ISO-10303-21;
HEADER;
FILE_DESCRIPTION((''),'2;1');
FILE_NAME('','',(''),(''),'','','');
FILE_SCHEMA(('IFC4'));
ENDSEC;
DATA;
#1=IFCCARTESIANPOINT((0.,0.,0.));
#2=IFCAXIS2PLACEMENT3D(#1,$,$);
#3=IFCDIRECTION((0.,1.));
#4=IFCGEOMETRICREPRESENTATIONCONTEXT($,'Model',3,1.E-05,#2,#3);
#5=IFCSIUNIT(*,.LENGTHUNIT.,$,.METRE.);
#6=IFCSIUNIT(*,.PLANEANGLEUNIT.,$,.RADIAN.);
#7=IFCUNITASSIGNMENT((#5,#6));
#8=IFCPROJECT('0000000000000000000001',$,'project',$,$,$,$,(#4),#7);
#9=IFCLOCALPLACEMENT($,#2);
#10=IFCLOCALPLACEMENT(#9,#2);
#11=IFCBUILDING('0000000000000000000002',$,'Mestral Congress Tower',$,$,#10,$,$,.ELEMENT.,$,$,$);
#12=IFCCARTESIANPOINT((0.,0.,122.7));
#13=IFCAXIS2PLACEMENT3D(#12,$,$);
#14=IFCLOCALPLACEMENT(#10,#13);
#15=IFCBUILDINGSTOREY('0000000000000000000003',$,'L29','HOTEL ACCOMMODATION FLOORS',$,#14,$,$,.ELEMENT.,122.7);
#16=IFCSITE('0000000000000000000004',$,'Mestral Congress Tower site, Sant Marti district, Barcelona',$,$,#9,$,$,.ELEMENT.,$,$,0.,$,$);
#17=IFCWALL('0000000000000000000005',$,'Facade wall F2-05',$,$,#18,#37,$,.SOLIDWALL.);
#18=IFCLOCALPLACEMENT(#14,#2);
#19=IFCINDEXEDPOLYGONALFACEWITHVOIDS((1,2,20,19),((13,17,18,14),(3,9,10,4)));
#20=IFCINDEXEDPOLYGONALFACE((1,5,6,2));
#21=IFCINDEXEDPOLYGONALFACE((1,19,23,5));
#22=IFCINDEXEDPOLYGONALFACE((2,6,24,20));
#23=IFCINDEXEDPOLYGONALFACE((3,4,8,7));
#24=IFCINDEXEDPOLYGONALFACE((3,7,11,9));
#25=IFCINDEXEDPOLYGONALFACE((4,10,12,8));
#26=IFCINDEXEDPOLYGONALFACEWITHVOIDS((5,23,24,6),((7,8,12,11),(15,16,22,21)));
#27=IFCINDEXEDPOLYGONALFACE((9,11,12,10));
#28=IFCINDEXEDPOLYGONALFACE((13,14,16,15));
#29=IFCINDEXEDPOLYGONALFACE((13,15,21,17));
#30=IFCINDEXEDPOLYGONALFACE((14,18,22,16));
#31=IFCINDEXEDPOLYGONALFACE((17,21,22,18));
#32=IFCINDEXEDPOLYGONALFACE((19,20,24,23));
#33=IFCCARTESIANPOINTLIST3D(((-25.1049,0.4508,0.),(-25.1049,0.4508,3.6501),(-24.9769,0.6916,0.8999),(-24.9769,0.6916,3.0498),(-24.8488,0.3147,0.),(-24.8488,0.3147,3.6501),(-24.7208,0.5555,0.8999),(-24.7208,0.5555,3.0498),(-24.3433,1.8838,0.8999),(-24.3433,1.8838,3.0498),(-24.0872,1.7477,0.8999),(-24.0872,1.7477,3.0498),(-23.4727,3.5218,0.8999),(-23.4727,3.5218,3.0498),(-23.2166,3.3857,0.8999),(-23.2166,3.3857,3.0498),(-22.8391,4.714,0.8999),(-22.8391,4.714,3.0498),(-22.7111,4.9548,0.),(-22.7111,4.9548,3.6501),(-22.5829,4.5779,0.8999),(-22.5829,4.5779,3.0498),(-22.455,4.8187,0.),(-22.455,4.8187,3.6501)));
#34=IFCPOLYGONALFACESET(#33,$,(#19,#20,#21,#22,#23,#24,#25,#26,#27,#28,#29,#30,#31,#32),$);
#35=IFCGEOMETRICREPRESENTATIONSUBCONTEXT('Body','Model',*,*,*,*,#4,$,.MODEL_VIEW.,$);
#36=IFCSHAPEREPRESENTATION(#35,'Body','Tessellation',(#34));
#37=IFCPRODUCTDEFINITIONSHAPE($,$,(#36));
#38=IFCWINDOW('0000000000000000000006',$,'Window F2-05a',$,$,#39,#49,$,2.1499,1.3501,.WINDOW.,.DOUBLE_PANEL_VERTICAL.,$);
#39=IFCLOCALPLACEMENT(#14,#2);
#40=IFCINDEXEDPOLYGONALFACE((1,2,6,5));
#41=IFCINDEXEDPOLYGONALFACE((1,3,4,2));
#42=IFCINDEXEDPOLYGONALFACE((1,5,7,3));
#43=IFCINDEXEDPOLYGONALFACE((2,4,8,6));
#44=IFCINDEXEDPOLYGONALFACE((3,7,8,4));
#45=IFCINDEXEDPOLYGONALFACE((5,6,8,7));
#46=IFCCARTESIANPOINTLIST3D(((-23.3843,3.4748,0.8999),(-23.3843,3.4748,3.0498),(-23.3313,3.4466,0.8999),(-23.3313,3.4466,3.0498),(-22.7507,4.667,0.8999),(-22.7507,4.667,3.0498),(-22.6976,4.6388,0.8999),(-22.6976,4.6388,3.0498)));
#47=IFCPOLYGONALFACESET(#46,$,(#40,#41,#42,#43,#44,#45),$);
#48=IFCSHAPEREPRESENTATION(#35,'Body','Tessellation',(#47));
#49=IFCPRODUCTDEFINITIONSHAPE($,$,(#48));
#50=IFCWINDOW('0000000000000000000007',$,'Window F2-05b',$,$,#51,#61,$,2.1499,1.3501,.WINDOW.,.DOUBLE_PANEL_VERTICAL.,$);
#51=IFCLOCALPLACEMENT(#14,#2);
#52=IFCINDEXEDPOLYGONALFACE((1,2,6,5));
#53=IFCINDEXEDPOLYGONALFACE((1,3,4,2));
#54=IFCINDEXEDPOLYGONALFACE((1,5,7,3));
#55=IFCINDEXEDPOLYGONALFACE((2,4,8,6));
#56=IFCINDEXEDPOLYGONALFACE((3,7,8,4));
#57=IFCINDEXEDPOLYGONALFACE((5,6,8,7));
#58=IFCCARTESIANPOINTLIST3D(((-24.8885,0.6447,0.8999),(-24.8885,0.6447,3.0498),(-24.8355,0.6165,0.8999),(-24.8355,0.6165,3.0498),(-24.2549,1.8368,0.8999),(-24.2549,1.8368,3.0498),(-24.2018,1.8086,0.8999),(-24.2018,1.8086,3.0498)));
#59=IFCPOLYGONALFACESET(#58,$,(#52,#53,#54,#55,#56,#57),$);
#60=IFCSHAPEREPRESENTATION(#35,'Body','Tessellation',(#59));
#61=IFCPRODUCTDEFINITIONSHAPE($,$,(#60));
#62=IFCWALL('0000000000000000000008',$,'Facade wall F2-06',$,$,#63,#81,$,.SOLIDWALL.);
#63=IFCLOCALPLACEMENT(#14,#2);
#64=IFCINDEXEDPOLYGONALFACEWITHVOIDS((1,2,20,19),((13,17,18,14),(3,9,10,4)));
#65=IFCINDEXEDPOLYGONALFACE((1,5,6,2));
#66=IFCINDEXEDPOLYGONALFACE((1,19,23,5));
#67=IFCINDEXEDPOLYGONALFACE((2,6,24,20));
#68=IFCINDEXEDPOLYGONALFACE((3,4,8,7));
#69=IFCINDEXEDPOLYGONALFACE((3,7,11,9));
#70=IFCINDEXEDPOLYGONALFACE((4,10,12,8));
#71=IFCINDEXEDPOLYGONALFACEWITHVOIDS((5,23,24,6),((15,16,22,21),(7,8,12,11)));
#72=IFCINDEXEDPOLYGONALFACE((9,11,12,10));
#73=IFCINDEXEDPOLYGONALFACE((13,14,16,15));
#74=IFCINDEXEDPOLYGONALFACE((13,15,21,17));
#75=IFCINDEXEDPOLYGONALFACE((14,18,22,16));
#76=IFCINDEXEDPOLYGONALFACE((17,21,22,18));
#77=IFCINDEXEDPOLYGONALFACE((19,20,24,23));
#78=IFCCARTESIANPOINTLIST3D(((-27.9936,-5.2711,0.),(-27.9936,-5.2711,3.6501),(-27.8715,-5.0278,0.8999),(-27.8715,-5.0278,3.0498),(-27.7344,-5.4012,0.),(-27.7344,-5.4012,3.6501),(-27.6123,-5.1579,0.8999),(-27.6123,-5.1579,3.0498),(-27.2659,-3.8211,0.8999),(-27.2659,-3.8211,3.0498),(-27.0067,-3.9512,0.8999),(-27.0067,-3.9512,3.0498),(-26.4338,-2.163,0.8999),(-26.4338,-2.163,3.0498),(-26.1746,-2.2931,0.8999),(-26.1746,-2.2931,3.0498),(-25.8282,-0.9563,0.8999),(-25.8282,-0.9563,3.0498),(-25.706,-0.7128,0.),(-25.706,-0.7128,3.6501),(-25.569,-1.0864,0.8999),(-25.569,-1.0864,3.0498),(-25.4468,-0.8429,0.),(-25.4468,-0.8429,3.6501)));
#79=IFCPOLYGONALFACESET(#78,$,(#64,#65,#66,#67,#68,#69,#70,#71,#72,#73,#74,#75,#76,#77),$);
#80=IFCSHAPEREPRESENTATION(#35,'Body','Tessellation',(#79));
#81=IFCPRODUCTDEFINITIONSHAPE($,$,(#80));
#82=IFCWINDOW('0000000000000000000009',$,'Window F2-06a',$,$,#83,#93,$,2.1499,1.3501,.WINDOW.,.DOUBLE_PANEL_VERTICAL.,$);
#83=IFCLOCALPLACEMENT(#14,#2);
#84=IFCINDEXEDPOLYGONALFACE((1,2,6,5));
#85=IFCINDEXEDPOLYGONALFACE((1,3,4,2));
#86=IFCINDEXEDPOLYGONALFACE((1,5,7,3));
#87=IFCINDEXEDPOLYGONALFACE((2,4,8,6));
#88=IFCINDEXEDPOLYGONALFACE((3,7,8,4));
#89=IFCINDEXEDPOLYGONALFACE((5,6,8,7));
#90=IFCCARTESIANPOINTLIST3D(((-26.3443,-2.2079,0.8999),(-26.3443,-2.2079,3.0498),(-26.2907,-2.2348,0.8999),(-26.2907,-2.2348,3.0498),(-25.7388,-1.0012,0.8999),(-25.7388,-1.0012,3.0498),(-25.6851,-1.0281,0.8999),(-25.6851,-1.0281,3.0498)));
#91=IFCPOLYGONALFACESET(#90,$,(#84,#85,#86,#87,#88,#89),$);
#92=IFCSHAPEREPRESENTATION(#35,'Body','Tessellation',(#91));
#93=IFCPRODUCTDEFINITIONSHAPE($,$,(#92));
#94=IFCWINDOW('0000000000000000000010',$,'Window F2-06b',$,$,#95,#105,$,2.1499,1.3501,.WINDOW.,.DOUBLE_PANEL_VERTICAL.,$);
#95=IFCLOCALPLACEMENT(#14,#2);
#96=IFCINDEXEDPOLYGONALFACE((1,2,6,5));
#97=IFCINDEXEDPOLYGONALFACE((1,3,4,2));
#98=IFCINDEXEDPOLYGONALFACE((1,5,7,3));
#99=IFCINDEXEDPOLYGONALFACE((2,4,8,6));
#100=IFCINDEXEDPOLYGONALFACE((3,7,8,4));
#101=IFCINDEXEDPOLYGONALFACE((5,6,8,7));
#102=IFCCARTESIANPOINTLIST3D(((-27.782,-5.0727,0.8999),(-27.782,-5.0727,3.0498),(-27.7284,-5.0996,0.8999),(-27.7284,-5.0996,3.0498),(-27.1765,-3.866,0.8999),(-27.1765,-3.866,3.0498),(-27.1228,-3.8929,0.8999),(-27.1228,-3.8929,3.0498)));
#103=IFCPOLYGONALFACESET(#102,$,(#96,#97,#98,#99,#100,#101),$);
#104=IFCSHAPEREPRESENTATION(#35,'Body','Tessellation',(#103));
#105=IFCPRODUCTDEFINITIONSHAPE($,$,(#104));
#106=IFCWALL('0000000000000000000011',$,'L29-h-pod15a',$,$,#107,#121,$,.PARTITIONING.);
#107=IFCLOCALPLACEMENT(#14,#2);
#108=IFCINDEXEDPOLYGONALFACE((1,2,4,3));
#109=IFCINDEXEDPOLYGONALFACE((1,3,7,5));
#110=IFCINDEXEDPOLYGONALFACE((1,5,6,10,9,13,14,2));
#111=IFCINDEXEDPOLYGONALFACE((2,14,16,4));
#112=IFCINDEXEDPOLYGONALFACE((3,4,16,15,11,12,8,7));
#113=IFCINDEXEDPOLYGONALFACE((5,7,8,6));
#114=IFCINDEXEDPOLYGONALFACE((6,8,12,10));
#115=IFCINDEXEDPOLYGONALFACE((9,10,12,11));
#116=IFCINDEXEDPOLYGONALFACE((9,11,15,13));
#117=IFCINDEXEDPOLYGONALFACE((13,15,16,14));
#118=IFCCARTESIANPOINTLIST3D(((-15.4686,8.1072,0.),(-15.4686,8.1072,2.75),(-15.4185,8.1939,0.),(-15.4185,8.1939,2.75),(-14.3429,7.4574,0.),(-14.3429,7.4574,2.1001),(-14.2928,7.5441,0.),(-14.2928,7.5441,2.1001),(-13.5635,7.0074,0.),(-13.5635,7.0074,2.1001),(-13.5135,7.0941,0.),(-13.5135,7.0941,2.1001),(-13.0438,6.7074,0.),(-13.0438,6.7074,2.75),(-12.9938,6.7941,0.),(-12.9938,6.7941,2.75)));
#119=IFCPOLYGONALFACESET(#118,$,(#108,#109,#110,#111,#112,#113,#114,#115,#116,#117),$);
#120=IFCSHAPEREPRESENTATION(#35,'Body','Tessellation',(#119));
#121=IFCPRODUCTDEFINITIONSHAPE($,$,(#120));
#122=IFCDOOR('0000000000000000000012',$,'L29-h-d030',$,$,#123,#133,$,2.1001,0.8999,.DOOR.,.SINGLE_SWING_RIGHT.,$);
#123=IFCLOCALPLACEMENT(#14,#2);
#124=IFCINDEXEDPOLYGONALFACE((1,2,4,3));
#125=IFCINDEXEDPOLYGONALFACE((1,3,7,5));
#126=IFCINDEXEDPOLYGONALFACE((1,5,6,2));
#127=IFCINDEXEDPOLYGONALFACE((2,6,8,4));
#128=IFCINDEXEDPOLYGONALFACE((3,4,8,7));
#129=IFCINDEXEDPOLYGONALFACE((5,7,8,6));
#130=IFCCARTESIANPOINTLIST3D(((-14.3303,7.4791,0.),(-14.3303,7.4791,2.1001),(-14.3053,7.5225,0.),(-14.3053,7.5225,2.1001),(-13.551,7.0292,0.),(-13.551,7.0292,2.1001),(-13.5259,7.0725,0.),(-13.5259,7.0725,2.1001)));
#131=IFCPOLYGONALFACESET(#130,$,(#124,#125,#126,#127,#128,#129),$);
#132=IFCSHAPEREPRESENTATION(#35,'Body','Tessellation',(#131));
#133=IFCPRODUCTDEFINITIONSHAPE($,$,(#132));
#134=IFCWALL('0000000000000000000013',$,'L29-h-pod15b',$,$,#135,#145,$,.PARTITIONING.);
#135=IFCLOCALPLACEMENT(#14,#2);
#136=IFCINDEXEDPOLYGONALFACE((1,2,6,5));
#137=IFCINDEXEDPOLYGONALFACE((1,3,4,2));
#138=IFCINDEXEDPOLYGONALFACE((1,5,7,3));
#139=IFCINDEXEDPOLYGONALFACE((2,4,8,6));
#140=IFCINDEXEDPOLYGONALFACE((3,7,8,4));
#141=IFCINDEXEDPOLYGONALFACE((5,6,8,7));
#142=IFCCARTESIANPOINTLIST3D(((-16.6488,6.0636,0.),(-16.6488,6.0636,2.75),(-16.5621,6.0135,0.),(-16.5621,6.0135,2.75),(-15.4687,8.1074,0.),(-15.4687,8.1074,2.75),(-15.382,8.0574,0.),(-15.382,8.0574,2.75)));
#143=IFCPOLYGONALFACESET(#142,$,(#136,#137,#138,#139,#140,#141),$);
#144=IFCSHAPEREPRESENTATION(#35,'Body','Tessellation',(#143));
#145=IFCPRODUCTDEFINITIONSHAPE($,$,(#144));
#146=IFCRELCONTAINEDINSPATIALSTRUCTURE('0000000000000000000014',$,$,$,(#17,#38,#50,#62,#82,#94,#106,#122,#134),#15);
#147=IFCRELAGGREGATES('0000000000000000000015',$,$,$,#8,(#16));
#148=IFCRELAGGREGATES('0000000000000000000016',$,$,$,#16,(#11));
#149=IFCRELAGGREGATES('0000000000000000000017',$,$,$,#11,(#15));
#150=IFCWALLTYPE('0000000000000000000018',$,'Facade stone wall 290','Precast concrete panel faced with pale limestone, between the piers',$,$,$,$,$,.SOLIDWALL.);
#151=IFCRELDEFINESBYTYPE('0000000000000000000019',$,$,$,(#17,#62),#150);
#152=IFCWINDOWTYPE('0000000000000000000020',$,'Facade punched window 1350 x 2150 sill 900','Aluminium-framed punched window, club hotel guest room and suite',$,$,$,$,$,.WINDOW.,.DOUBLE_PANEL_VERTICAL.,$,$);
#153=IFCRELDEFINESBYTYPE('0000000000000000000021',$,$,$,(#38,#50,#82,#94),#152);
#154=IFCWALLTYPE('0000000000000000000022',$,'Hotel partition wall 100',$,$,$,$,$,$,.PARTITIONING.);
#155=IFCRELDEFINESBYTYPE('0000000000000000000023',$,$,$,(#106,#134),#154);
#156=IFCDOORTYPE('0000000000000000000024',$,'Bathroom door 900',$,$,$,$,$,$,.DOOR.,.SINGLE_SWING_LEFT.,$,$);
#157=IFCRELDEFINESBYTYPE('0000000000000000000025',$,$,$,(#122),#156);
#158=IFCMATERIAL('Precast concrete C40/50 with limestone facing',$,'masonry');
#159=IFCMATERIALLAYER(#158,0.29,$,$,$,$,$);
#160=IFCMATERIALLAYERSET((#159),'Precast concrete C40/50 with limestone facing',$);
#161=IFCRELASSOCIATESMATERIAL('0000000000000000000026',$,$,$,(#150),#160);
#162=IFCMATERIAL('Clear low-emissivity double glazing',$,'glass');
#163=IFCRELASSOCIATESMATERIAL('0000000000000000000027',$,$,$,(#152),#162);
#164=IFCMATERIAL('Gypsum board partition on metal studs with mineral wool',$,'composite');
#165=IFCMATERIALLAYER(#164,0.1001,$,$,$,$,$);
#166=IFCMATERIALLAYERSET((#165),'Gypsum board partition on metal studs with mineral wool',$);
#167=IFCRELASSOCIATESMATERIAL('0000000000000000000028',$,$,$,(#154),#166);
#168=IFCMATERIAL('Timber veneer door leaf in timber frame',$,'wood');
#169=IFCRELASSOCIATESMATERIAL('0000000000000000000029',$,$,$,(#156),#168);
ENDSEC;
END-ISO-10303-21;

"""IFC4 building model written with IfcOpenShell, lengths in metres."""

from ifc_helpers import new_model, si_unit, direction, frame, frame_2d, origin, place, context, subcontext, project, spatial, rectangle, extrude, material, layer, layer_set, type_object, element, fill, save


model = new_model("IFC4")

# Units and contexts
model_context = context("Model", 3, precision=1e-05, world=origin(), true_north=direction((0.0, 1.0)))
body_context = subcontext(model_context, "Body", "Model", "MODEL_VIEW")
ifc_project = project(units=[si_unit("LENGTHUNIT", "METRE"), si_unit("PLANEANGLEUNIT", "RADIAN")], contexts=[model_context])

# Site, building, storey
site_placement = place(None, origin())
site = spatial("IfcSite", under=ifc_project, at=site_placement, Name="Mestral Congress Tower site, Sant Marti district, Barcelona", CompositionType="ELEMENT", RefElevation=0.0)
building_placement = place(site_placement, origin())
building = spatial("IfcBuilding", under=site, at=building_placement, Name="Mestral Congress Tower", CompositionType="ELEMENT")
storey_placement = place(building_placement, frame((0.0, 0.0, 122.7)))
storey = spatial("IfcBuildingStorey", under=building, at=storey_placement, Name="L29", Description="HOTEL ACCOMMODATION FLOORS", CompositionType="ELEMENT", Elevation=122.7)

# Walls, openings, windows
ifc_material_1 = material(Name="Precast concrete C40/50 with limestone facing", Category="masonry")
ifc_layer_1 = layer(ifc_material_1, 0.29)
ifc_layer_set_1 = layer_set([ifc_layer_1], Name="Precast concrete C40/50 with limestone facing")
wall_type_1 = type_object("IfcWallType", Name="Facade stone wall 290", Description="Precast concrete panel faced with pale limestone, between the piers", PredefinedType="SOLIDWALL", material=ifc_layer_set_1)
wall_1_placement = place(storey_placement, frame((-22.583, 4.8867, 0.0), z_axis=(0.0, 0.0, 1.0), x_axis=(-0.469323, -0.883026, 0.0)))
wall_1 = element("IfcWall", 1, at=wall_1_placement, inside=storey, type_object=wall_type_1, Name="Facade wall F2-05", PredefinedType="SOLIDWALL", context=body_context, shape_type="SweptSolid", body=[
    extrude(rectangle(XDim=5.1006, YDim=0.29, at=frame_2d((2.5503, 0.0))), origin(), (0.0, 0.0, 1.0), 3.6501),
])
opening_1_placement = place(wall_1_placement, frame((0.2727, 0.0, 0.8999)))
opening_1 = element("IfcOpeningElement", 2, at=opening_1_placement, cuts=wall_1, PredefinedType="OPENING", context=body_context, shape_type="SweptSolid", body=[
    extrude(rectangle(XDim=1.3501, YDim=2.1499, at=frame_2d((0.675, 1.075))), frame((0.0, 0.155, 0.0), z_axis=(0.0, -1.0, 0.0), x_axis=(1.0, 0.0, 0.0)), (0.0, 0.0, 1.0), 0.3101),
])
opening_2_placement = place(wall_1_placement, frame((3.4778, 0.0, 0.8999)))
opening_2 = element("IfcOpeningElement", 3, at=opening_2_placement, cuts=wall_1, PredefinedType="OPENING", context=body_context, shape_type="SweptSolid", body=[
    extrude(rectangle(XDim=1.3501, YDim=2.1499, at=frame_2d((0.675, 1.075))), frame((0.0, 0.155, 0.0), z_axis=(0.0, -1.0, 0.0), x_axis=(1.0, 0.0, 0.0)), (0.0, 0.0, 1.0), 0.3101),
])
ifc_material_2 = material(Name="Clear low-emissivity double glazing", Category="glass")
window_type = type_object("IfcWindowType", Name="Facade punched window 1350 x 2150 sill 900", Description="Aluminium-framed punched window, club hotel guest room and suite", PartitioningType="DOUBLE_PANEL_VERTICAL", PredefinedType="WINDOW", material=ifc_material_2)
window_1_placement = place(opening_1_placement, origin())
window_1 = element("IfcWindow", 4, at=window_1_placement, inside=storey, type_object=window_type, Name="Window F2-05a", OverallHeight=2.1499, OverallWidth=1.3501, PartitioningType="DOUBLE_PANEL_VERTICAL", PredefinedType="WINDOW", context=body_context, shape_type="SweptSolid", body=[
    extrude(rectangle(XDim=1.3501, YDim=2.1499, at=frame_2d((0.675, 1.075))), frame((0.0, 0.0151, 0.0), z_axis=(0.0, -1.0, 0.0), x_axis=(1.0, 0.0, 0.0)), (0.0, 0.0, 1.0), 0.0601),
])
fill(opening_1, window_1)
window_2_placement = place(opening_2_placement, origin())
window_2 = element("IfcWindow", 5, at=window_2_placement, inside=storey, type_object=window_type, Name="Window F2-05b", OverallHeight=2.1499, OverallWidth=1.3501, PartitioningType="DOUBLE_PANEL_VERTICAL", PredefinedType="WINDOW", context=body_context, shape_type="SweptSolid", body=[
    extrude(rectangle(XDim=1.3501, YDim=2.1499, at=frame_2d((0.675, 1.075))), frame((0.0, 0.0151, 0.0), z_axis=(0.0, -1.0, 0.0), x_axis=(1.0, 0.0, 0.0)), (0.0, 0.0, 1.0), 0.0601),
])
fill(opening_2, window_2)
wall_2_placement = place(storey_placement, frame((-25.5764, -0.7778, 0.0), z_axis=(0.0, 0.0, 1.0), x_axis=(-0.448534, -0.893766, 0.0)))
wall_2 = element("IfcWall", 6, at=wall_2_placement, inside=storey, type_object=wall_type_1, Name="Facade wall F2-06", PredefinedType="SOLIDWALL", context=body_context, shape_type="SweptSolid", body=[
    extrude(rectangle(XDim=5.1001, YDim=0.29, at=frame_2d((2.55, 0.0))), origin(), (0.0, 0.0, 1.0), 3.6501),
])
opening_3_placement = place(wall_2_placement, frame((0.2725, 0.0, 0.8999)))
opening_3 = element("IfcOpeningElement", 7, at=opening_3_placement, cuts=wall_2, PredefinedType="OPENING", context=body_context, shape_type="SweptSolid", body=[
    extrude(rectangle(XDim=1.3501, YDim=2.1499, at=frame_2d((0.675, 1.075))), frame((0.0, 0.155, 0.0), z_axis=(0.0, -1.0, 0.0), x_axis=(1.0, 0.0, 0.0)), (0.0, 0.0, 1.0), 0.3101),
])
opening_4_placement = place(wall_2_placement, frame((3.4778, 0.0, 0.8999)))
opening_4 = element("IfcOpeningElement", 8, at=opening_4_placement, cuts=wall_2, PredefinedType="OPENING", context=body_context, shape_type="SweptSolid", body=[
    extrude(rectangle(XDim=1.3501, YDim=2.1499, at=frame_2d((0.675, 1.075))), frame((0.0, 0.155, 0.0), z_axis=(0.0, -1.0, 0.0), x_axis=(1.0, 0.0, 0.0)), (0.0, 0.0, 1.0), 0.3101),
])
window_3_placement = place(opening_3_placement, origin())
window_3 = element("IfcWindow", 9, at=window_3_placement, inside=storey, type_object=window_type, Name="Window F2-06a", OverallHeight=2.1499, OverallWidth=1.3501, PartitioningType="DOUBLE_PANEL_VERTICAL", PredefinedType="WINDOW", context=body_context, shape_type="SweptSolid", body=[
    extrude(rectangle(XDim=1.3501, YDim=2.1499, at=frame_2d((0.675, 1.075))), frame((0.0, 0.0151, 0.0), z_axis=(0.0, -1.0, 0.0), x_axis=(1.0, 0.0, 0.0)), (0.0, 0.0, 1.0), 0.0601),
])
fill(opening_3, window_3)
window_4_placement = place(opening_4_placement, origin())
window_4 = element("IfcWindow", 10, at=window_4_placement, inside=storey, type_object=window_type, Name="Window F2-06b", OverallHeight=2.1499, OverallWidth=1.3501, PartitioningType="DOUBLE_PANEL_VERTICAL", PredefinedType="WINDOW", context=body_context, shape_type="SweptSolid", body=[
    extrude(rectangle(XDim=1.3501, YDim=2.1499, at=frame_2d((0.675, 1.075))), frame((0.0, 0.0151, 0.0), z_axis=(0.0, -1.0, 0.0), x_axis=(1.0, 0.0, 0.0)), (0.0, 0.0, 1.0), 0.0601),
])
fill(opening_4, window_4)

# Wall, opening, door
ifc_material_3 = material(Name="Gypsum board partition on metal studs with mineral wool", Category="composite")
ifc_layer_2 = layer(ifc_material_3, 0.1001)
ifc_layer_set_2 = layer_set([ifc_layer_2], Name="Gypsum board partition on metal studs with mineral wool")
wall_type_2 = type_object("IfcWallType", Name="Hotel partition wall 100", PredefinedType="PARTITIONING", material=ifc_layer_set_2)
wall_3_placement = place(storey_placement, frame((-13.0188, 6.7507, 0.0), z_axis=(0.0, 0.0, 1.0), x_axis=(-0.866035, 0.499984, 0.0)))
wall_3 = element("IfcWall", 11, at=wall_3_placement, inside=storey, type_object=wall_type_2, Name="L29-h-pod15a", PredefinedType="PARTITIONING", context=body_context, shape_type="SweptSolid", body=[
    extrude(rectangle(XDim=2.7998, YDim=0.1001, at=frame_2d((1.3999, 0.0))), origin(), (0.0, 0.0, 1.0), 2.75),
])
opening_5_placement = place(wall_3_placement, frame((0.6001, 0.0, 0.0)))
opening_5 = element("IfcOpeningElement", 12, at=opening_5_placement, cuts=wall_3, PredefinedType="OPENING", context=body_context, shape_type="SweptSolid", body=[
    extrude(rectangle(XDim=0.8999, YDim=2.1001, at=frame_2d((0.45, 1.05))), frame((0.0, 0.0601, 0.0), z_axis=(0.0, -1.0, 0.0), x_axis=(1.0, 0.0, 0.0)), (0.0, 0.0, 1.0), 0.1201),
])
ifc_material_4 = material(Name="Timber veneer door leaf in timber frame", Category="wood")
door_type = type_object("IfcDoorType", Name="Bathroom door 900", OperationType="SINGLE_SWING_LEFT", PredefinedType="DOOR", material=ifc_material_4)
door_1_placement = place(opening_5_placement, origin())
door_1 = element("IfcDoor", 13, at=door_1_placement, inside=storey, type_object=door_type, Name="L29-h-d030", OperationType="SINGLE_SWING_RIGHT", OverallHeight=2.1001, OverallWidth=0.8999, PredefinedType="DOOR", context=body_context, shape_type="SweptSolid", body=[
    extrude(rectangle(XDim=0.8999, YDim=2.1001, at=frame_2d((0.45, 1.05))), frame((0.0, 0.0249, 0.0), z_axis=(0.0, -1.0, 0.0), x_axis=(1.0, 0.0, 0.0)), (0.0, 0.0, 1.0), 0.05),
])
fill(opening_5, door_1)

# Wall
wall_4_placement = place(storey_placement, frame((-15.4253, 8.0825, 0.0), z_axis=(0.0, 0.0, 1.0), x_axis=(-0.500033, -0.866006, 0.0)))
element("IfcWall", 14, at=wall_4_placement, inside=storey, type_object=wall_type_2, Name="L29-h-pod15b", PredefinedType="PARTITIONING", context=body_context, shape_type="SweptSolid", body=[
    extrude(rectangle(XDim=2.3601, YDim=0.1001, at=frame_2d((1.1802, 0.0))), origin(), (0.0, 0.0, 1.0), 2.75),
])

save(model, "model.ifc")
